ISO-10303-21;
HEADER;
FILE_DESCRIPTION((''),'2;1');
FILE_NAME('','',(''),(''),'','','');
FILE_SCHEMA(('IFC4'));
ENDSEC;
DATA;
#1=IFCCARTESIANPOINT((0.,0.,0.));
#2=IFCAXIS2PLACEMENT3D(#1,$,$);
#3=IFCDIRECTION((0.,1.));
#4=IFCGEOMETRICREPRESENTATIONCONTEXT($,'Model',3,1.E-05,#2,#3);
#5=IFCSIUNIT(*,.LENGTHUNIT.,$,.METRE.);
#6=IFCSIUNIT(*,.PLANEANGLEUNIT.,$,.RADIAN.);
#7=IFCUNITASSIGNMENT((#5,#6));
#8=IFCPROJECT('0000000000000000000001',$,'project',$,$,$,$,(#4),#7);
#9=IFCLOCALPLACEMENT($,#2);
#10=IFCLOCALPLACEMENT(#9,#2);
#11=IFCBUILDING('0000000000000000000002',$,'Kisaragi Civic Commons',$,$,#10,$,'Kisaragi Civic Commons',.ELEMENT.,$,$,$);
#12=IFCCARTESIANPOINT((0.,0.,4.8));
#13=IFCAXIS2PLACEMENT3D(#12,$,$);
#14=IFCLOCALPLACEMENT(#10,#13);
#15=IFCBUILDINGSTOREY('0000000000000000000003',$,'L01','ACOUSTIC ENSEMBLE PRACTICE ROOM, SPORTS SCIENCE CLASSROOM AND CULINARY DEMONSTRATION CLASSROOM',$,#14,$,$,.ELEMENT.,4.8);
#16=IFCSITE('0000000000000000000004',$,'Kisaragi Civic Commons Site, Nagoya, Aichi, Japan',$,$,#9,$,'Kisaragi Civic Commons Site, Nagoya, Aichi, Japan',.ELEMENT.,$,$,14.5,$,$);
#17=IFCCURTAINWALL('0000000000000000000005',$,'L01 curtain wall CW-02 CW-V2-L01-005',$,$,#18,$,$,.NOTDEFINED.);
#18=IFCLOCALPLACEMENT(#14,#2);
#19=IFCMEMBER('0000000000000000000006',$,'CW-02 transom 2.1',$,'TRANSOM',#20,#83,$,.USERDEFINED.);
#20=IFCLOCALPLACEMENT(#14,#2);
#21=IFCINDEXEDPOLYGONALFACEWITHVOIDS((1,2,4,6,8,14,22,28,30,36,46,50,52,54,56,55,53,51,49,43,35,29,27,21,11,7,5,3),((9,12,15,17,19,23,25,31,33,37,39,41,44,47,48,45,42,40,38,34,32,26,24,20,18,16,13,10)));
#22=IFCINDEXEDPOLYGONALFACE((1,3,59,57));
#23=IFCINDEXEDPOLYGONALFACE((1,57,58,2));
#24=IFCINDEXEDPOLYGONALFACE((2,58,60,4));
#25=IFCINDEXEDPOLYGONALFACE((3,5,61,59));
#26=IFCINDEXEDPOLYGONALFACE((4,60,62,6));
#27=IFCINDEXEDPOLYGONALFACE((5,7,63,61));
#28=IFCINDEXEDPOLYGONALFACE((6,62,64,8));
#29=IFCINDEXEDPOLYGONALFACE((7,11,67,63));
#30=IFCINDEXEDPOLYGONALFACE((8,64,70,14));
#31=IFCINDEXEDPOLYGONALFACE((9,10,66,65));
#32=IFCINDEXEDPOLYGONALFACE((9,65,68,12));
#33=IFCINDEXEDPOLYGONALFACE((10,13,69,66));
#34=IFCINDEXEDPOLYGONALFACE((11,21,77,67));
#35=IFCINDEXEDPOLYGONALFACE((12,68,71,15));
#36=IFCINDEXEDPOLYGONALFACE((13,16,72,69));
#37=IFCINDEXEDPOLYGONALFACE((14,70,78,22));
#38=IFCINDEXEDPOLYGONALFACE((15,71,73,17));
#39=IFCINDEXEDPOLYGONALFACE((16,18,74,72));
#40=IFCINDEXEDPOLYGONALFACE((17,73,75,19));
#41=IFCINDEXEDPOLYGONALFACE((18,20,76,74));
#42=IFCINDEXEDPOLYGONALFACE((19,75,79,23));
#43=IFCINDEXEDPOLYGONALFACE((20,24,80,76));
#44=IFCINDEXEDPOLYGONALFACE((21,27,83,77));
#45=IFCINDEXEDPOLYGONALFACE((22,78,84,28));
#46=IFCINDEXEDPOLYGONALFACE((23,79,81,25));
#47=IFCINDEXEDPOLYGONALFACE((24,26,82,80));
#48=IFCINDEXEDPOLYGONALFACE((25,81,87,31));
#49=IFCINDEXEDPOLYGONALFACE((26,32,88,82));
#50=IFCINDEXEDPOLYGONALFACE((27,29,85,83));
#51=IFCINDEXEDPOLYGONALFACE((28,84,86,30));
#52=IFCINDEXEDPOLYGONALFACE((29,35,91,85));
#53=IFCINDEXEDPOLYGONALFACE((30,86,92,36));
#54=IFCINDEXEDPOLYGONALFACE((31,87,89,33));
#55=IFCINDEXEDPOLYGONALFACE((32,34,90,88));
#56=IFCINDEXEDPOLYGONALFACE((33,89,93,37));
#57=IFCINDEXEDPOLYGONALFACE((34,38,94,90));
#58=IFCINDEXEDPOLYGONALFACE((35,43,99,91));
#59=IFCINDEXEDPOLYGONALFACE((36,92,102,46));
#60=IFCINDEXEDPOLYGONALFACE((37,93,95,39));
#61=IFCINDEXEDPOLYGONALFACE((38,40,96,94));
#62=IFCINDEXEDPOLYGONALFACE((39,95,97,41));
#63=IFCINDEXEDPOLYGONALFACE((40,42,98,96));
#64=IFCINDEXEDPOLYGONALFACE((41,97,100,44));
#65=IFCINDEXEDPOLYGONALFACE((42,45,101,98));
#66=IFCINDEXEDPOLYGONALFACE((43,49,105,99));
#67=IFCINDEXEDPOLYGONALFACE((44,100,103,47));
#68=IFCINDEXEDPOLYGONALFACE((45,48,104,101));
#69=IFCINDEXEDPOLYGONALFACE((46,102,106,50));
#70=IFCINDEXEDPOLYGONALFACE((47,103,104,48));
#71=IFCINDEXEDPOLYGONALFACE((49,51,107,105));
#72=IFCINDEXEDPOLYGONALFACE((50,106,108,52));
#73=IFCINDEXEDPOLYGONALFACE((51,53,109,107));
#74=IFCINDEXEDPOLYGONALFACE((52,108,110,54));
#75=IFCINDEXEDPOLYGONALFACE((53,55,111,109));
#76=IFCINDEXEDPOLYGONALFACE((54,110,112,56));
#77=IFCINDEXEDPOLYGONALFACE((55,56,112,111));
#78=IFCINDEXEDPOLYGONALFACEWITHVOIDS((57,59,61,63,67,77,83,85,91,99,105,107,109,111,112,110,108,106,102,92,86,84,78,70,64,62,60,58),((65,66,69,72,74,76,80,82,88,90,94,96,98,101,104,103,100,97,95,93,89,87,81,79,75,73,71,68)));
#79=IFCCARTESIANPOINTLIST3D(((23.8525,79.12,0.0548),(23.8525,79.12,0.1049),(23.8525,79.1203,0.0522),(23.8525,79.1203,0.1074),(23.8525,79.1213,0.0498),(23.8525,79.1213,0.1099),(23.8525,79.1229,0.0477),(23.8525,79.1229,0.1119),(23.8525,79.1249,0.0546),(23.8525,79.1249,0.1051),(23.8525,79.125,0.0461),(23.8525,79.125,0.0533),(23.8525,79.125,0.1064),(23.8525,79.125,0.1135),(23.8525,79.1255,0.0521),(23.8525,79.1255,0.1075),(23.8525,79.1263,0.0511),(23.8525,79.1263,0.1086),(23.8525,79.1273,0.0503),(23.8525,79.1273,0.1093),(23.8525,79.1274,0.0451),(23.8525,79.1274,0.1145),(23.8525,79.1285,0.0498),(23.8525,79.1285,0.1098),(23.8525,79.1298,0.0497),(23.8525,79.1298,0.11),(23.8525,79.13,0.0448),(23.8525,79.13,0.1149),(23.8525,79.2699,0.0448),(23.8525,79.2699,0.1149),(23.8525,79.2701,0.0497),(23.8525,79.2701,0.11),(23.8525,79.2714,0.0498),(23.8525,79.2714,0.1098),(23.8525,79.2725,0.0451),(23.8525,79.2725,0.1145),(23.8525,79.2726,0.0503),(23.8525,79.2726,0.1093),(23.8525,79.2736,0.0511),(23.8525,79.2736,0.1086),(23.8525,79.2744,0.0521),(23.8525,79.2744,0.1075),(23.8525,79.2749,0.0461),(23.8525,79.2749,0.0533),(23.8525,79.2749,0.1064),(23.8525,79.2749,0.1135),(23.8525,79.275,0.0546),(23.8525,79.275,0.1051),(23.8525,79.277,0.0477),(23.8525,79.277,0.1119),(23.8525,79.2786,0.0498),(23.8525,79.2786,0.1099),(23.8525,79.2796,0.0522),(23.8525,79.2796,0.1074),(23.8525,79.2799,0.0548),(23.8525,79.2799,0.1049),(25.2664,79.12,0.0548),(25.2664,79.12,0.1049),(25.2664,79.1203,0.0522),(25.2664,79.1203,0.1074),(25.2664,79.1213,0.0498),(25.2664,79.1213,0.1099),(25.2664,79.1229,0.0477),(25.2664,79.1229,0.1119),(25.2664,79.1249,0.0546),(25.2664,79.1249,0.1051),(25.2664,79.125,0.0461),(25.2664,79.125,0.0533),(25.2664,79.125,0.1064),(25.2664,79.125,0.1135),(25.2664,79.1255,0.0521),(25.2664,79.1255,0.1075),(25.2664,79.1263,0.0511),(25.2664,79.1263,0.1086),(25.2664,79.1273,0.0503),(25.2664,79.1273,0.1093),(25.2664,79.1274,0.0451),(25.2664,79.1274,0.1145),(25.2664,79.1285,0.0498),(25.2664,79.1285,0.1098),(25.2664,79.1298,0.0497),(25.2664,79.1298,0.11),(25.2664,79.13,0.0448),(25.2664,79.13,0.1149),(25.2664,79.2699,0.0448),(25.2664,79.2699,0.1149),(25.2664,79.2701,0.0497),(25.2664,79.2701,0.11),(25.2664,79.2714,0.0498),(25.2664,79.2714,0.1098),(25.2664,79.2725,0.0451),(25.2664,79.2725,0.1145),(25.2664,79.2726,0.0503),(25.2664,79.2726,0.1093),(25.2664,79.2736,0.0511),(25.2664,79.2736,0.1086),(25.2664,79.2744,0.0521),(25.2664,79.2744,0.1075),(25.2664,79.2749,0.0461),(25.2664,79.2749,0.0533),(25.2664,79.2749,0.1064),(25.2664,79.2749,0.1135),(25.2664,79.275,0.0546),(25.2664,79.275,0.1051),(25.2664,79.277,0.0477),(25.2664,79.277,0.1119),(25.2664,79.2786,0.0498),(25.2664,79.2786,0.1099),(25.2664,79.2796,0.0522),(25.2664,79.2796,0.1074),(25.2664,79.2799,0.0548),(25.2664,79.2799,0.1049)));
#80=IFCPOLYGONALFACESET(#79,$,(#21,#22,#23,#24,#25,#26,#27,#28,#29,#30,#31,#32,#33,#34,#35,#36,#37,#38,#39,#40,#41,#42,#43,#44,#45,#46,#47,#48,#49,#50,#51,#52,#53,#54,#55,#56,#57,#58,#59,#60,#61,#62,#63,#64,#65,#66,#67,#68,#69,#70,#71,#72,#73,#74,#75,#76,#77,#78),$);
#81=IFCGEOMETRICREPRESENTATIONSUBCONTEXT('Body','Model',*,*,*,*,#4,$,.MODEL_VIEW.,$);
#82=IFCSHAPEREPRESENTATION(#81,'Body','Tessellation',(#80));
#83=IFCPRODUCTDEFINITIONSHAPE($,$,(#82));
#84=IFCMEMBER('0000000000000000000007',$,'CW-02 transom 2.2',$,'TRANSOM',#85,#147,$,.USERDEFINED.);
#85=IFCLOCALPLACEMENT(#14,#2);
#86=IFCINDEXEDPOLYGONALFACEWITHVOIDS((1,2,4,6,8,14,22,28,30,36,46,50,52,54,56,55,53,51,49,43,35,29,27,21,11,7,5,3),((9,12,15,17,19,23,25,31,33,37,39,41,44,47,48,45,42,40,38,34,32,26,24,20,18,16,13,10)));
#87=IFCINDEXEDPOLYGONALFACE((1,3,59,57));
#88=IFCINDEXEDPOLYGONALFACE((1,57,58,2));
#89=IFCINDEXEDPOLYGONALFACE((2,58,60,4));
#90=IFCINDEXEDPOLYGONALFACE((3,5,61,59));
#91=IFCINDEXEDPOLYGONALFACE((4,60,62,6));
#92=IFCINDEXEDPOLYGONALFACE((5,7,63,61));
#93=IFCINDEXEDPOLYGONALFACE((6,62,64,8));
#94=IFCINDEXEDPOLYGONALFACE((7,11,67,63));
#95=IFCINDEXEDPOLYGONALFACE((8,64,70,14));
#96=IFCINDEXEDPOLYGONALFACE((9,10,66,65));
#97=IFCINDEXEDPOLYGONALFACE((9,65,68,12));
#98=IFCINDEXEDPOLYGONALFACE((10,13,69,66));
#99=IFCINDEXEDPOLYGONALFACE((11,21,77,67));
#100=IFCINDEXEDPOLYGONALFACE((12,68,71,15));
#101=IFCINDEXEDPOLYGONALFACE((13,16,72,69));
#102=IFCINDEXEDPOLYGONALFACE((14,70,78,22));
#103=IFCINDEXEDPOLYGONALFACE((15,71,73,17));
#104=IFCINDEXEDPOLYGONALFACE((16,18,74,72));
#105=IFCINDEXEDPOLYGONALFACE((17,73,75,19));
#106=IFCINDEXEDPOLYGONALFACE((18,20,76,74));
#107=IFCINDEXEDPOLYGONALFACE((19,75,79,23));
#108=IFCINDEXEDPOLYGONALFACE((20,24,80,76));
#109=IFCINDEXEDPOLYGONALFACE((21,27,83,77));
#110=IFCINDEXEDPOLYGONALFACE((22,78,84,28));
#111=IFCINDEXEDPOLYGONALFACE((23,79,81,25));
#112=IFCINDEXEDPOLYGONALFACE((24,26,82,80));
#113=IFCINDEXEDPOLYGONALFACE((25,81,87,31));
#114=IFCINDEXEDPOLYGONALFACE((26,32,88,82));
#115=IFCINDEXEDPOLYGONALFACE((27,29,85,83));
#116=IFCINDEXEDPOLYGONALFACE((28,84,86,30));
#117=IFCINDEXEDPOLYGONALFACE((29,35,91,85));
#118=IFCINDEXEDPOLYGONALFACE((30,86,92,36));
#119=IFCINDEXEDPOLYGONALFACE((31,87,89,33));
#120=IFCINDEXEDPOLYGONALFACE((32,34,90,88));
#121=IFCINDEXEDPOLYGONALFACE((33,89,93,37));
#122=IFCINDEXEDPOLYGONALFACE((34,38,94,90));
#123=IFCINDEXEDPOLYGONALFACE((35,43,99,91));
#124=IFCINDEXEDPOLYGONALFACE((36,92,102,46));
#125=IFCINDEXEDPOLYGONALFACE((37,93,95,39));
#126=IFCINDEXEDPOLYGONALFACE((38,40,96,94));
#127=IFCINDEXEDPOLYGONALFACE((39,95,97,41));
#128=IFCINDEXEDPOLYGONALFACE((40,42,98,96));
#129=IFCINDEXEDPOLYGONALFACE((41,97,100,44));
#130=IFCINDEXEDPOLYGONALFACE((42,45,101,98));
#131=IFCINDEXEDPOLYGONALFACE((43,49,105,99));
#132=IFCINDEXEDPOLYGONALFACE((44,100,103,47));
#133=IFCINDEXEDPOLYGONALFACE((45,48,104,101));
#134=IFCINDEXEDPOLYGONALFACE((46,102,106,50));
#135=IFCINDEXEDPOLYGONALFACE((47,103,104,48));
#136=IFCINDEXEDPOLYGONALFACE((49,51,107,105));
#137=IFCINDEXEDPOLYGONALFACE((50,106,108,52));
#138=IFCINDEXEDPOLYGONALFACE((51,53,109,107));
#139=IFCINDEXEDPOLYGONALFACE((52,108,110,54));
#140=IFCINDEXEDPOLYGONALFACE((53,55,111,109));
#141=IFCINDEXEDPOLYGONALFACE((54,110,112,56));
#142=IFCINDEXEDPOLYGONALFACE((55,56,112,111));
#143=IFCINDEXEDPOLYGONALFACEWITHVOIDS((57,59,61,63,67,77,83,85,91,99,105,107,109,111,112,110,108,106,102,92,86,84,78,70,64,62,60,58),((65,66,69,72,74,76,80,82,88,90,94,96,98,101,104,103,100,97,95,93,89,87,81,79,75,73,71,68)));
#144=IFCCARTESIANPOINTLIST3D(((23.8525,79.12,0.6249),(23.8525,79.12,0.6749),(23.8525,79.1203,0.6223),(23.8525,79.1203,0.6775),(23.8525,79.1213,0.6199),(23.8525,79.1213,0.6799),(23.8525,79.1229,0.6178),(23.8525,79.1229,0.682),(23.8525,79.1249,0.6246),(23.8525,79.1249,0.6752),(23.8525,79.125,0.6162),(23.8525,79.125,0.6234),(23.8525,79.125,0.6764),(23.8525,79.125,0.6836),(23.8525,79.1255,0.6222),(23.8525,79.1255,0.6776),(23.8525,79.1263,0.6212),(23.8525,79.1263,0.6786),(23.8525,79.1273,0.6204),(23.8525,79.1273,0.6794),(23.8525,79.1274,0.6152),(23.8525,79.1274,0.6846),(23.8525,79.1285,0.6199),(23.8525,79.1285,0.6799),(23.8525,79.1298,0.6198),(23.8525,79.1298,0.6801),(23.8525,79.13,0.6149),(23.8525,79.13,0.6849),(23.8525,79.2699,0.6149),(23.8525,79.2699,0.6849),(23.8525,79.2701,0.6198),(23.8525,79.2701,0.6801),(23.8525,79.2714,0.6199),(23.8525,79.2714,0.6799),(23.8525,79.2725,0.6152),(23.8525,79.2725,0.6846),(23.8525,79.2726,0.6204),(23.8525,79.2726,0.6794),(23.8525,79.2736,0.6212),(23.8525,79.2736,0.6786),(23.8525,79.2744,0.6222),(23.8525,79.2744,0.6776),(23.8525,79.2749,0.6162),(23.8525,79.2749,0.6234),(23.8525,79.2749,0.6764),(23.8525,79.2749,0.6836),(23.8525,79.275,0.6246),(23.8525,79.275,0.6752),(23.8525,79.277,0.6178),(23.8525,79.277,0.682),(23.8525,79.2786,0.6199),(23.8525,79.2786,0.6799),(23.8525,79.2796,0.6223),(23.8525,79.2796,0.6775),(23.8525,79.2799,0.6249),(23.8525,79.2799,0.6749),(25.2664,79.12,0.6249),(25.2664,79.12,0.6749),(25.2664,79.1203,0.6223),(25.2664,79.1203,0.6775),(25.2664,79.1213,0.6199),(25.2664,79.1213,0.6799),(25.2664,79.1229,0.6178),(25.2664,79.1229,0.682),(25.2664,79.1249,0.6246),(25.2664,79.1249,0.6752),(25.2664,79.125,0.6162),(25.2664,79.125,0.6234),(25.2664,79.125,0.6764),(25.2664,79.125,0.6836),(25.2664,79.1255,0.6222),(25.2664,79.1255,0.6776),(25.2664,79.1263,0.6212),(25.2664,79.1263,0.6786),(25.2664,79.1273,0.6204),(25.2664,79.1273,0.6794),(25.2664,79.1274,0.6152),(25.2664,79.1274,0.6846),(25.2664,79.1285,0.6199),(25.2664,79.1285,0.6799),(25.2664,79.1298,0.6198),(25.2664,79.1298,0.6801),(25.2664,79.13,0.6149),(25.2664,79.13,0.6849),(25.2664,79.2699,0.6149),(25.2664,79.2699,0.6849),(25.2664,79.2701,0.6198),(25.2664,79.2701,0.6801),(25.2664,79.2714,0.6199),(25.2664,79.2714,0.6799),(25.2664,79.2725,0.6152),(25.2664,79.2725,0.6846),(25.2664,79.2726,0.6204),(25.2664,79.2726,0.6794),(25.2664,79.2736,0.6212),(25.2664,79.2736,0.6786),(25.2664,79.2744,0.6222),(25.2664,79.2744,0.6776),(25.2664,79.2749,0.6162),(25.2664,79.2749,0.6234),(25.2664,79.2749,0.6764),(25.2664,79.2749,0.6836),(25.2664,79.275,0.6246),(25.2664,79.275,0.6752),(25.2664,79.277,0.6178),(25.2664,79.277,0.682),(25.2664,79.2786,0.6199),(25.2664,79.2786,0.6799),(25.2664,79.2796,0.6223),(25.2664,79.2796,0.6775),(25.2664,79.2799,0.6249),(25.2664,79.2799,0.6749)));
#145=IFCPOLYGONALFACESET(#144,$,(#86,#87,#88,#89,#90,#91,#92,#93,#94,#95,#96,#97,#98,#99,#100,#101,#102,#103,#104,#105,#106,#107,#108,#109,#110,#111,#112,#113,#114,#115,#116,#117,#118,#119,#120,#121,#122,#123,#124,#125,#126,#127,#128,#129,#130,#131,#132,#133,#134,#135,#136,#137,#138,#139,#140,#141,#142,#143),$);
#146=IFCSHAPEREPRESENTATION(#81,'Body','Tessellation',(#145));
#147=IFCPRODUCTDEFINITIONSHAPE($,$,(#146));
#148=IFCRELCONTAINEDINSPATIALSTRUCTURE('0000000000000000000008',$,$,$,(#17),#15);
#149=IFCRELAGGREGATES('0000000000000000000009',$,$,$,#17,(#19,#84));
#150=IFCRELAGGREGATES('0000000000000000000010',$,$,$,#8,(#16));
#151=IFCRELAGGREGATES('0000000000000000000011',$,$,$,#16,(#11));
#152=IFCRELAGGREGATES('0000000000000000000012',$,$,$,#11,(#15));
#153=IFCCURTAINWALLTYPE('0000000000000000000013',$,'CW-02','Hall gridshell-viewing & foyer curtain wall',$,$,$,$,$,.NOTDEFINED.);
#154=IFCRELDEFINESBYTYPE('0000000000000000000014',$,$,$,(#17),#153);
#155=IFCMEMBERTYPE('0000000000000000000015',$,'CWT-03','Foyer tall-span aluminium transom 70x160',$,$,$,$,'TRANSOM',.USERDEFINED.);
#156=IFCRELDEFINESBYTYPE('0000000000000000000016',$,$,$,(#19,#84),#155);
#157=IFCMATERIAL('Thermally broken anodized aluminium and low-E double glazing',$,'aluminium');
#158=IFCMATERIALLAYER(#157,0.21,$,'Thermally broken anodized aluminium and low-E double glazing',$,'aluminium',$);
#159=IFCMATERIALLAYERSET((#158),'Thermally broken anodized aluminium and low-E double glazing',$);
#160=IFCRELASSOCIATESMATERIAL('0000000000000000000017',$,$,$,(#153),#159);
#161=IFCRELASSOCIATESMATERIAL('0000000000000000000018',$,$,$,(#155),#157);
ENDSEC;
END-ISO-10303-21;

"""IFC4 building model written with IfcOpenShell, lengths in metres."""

from ifc_helpers import new_model, si_unit, direction, frame, origin, origin_2d, place, context, subcontext, project, spatial, hollow_rectangle, extrude, material, layer, layer_set, material_profile, profile_set, type_object, element, aggregate, save


model = new_model("IFC4")

# Units and contexts
model_context = context("Model", 3, precision=1e-05, world=origin(), true_north=direction((0.0, 1.0)))
body_context = subcontext(model_context, "Body", "Model", "MODEL_VIEW")
ifc_project = project(units=[si_unit("LENGTHUNIT", "METRE"), si_unit("PLANEANGLEUNIT", "RADIAN")], contexts=[model_context])

# Site, building, storey
site_placement = place(None, origin())
site = spatial("IfcSite", under=ifc_project, at=site_placement, Name="Kisaragi Civic Commons Site, Nagoya, Aichi, Japan", LongName="Kisaragi Civic Commons Site, Nagoya, Aichi, Japan", CompositionType="ELEMENT", RefElevation=14.5)
building_placement = place(site_placement, origin())
building = spatial("IfcBuilding", under=site, at=building_placement, Name="Kisaragi Civic Commons", LongName="Kisaragi Civic Commons", CompositionType="ELEMENT")
storey_placement = place(building_placement, frame((0.0, 0.0, 4.8)))
storey = spatial("IfcBuildingStorey", under=building, at=storey_placement, Name="L01", Description="ACOUSTIC ENSEMBLE PRACTICE ROOM, SPORTS SCIENCE CLASSROOM AND CULINARY DEMONSTRATION CLASSROOM", CompositionType="ELEMENT", Elevation=4.8)

# Curtain wall
ifc_material_1 = material(Name="Thermally broken anodized aluminium and low-E double glazing", Category="aluminium")
ifc_layer_1 = layer(ifc_material_1, 0.21, Name="Thermally broken anodized aluminium and low-E double glazing", Category="aluminium")
ifc_layer_set_1 = layer_set([ifc_layer_1], Name="Thermally broken anodized aluminium and low-E double glazing")
curtain_wall_type = type_object("IfcCurtainWallType", Name="CW-02", Description="Hall gridshell-viewing & foyer curtain wall", PredefinedType="NOTDEFINED", material=ifc_layer_set_1)
curtain_wall_1_placement = place(storey_placement, origin())
curtain_wall_1 = element("IfcCurtainWall", 1, at=curtain_wall_1_placement, inside=storey, type_object=curtain_wall_type, Name="L01 curtain wall CW-02 CW-V2-L01-005", PredefinedType="NOTDEFINED")

# Members
ifc_material_profile_1 = material_profile(ifc_material_1, hollow_rectangle(XDim=0.1599, YDim=0.0701, WallThickness=0.0049, InnerFilletRadius=0.0049, OuterFilletRadius=0.01, at=origin_2d()), Name="CWT-70x160x5", Category="aluminium")
ifc_profile_set_1 = profile_set([ifc_material_profile_1], Name="Thermally broken anodized aluminium and low-E double glazing")
member_type_1 = type_object("IfcMemberType", Name="CWT-03", Description="Foyer tall-span aluminium transom 70x160", ElementType="TRANSOM", PredefinedType="USERDEFINED", material=ifc_profile_set_1)
member_1_placement = place(storey_placement, frame((25.2664, 79.2, 0.0798), z_axis=(-1.0, 0.0, 0.0), x_axis=(0.0, -1.0, 0.0)))
member_1 = element("IfcMember", 2, at=member_1_placement, type_object=member_type_1, Name="CW-02 transom 2.1", ObjectType="TRANSOM", PredefinedType="USERDEFINED", context=body_context, shape_type="SweptSolid", body=[
    extrude(hollow_rectangle(XDim=0.1599, YDim=0.0701, WallThickness=0.0049, InnerFilletRadius=0.0049, OuterFilletRadius=0.01, at=origin_2d()), origin(), (0.0, 0.0, 1.0), 1.4138),
])
member_2_placement = place(storey_placement, frame((25.2664, 79.2, 0.6499), z_axis=(-1.0, 0.0, 0.0), x_axis=(0.0, -1.0, 0.0)))
member_2 = element("IfcMember", 3, at=member_2_placement, type_object=member_type_1, Name="CW-02 transom 2.2", ObjectType="TRANSOM", PredefinedType="USERDEFINED", context=body_context, shape_type="SweptSolid", body=[
    extrude(hollow_rectangle(XDim=0.1599, YDim=0.0701, WallThickness=0.0049, InnerFilletRadius=0.0049, OuterFilletRadius=0.01, at=origin_2d()), origin(), (0.0, 0.0, 1.0), 1.4138),
])

aggregate(curtain_wall_1, [member_1, member_2])

save(model, "model.ifc")
